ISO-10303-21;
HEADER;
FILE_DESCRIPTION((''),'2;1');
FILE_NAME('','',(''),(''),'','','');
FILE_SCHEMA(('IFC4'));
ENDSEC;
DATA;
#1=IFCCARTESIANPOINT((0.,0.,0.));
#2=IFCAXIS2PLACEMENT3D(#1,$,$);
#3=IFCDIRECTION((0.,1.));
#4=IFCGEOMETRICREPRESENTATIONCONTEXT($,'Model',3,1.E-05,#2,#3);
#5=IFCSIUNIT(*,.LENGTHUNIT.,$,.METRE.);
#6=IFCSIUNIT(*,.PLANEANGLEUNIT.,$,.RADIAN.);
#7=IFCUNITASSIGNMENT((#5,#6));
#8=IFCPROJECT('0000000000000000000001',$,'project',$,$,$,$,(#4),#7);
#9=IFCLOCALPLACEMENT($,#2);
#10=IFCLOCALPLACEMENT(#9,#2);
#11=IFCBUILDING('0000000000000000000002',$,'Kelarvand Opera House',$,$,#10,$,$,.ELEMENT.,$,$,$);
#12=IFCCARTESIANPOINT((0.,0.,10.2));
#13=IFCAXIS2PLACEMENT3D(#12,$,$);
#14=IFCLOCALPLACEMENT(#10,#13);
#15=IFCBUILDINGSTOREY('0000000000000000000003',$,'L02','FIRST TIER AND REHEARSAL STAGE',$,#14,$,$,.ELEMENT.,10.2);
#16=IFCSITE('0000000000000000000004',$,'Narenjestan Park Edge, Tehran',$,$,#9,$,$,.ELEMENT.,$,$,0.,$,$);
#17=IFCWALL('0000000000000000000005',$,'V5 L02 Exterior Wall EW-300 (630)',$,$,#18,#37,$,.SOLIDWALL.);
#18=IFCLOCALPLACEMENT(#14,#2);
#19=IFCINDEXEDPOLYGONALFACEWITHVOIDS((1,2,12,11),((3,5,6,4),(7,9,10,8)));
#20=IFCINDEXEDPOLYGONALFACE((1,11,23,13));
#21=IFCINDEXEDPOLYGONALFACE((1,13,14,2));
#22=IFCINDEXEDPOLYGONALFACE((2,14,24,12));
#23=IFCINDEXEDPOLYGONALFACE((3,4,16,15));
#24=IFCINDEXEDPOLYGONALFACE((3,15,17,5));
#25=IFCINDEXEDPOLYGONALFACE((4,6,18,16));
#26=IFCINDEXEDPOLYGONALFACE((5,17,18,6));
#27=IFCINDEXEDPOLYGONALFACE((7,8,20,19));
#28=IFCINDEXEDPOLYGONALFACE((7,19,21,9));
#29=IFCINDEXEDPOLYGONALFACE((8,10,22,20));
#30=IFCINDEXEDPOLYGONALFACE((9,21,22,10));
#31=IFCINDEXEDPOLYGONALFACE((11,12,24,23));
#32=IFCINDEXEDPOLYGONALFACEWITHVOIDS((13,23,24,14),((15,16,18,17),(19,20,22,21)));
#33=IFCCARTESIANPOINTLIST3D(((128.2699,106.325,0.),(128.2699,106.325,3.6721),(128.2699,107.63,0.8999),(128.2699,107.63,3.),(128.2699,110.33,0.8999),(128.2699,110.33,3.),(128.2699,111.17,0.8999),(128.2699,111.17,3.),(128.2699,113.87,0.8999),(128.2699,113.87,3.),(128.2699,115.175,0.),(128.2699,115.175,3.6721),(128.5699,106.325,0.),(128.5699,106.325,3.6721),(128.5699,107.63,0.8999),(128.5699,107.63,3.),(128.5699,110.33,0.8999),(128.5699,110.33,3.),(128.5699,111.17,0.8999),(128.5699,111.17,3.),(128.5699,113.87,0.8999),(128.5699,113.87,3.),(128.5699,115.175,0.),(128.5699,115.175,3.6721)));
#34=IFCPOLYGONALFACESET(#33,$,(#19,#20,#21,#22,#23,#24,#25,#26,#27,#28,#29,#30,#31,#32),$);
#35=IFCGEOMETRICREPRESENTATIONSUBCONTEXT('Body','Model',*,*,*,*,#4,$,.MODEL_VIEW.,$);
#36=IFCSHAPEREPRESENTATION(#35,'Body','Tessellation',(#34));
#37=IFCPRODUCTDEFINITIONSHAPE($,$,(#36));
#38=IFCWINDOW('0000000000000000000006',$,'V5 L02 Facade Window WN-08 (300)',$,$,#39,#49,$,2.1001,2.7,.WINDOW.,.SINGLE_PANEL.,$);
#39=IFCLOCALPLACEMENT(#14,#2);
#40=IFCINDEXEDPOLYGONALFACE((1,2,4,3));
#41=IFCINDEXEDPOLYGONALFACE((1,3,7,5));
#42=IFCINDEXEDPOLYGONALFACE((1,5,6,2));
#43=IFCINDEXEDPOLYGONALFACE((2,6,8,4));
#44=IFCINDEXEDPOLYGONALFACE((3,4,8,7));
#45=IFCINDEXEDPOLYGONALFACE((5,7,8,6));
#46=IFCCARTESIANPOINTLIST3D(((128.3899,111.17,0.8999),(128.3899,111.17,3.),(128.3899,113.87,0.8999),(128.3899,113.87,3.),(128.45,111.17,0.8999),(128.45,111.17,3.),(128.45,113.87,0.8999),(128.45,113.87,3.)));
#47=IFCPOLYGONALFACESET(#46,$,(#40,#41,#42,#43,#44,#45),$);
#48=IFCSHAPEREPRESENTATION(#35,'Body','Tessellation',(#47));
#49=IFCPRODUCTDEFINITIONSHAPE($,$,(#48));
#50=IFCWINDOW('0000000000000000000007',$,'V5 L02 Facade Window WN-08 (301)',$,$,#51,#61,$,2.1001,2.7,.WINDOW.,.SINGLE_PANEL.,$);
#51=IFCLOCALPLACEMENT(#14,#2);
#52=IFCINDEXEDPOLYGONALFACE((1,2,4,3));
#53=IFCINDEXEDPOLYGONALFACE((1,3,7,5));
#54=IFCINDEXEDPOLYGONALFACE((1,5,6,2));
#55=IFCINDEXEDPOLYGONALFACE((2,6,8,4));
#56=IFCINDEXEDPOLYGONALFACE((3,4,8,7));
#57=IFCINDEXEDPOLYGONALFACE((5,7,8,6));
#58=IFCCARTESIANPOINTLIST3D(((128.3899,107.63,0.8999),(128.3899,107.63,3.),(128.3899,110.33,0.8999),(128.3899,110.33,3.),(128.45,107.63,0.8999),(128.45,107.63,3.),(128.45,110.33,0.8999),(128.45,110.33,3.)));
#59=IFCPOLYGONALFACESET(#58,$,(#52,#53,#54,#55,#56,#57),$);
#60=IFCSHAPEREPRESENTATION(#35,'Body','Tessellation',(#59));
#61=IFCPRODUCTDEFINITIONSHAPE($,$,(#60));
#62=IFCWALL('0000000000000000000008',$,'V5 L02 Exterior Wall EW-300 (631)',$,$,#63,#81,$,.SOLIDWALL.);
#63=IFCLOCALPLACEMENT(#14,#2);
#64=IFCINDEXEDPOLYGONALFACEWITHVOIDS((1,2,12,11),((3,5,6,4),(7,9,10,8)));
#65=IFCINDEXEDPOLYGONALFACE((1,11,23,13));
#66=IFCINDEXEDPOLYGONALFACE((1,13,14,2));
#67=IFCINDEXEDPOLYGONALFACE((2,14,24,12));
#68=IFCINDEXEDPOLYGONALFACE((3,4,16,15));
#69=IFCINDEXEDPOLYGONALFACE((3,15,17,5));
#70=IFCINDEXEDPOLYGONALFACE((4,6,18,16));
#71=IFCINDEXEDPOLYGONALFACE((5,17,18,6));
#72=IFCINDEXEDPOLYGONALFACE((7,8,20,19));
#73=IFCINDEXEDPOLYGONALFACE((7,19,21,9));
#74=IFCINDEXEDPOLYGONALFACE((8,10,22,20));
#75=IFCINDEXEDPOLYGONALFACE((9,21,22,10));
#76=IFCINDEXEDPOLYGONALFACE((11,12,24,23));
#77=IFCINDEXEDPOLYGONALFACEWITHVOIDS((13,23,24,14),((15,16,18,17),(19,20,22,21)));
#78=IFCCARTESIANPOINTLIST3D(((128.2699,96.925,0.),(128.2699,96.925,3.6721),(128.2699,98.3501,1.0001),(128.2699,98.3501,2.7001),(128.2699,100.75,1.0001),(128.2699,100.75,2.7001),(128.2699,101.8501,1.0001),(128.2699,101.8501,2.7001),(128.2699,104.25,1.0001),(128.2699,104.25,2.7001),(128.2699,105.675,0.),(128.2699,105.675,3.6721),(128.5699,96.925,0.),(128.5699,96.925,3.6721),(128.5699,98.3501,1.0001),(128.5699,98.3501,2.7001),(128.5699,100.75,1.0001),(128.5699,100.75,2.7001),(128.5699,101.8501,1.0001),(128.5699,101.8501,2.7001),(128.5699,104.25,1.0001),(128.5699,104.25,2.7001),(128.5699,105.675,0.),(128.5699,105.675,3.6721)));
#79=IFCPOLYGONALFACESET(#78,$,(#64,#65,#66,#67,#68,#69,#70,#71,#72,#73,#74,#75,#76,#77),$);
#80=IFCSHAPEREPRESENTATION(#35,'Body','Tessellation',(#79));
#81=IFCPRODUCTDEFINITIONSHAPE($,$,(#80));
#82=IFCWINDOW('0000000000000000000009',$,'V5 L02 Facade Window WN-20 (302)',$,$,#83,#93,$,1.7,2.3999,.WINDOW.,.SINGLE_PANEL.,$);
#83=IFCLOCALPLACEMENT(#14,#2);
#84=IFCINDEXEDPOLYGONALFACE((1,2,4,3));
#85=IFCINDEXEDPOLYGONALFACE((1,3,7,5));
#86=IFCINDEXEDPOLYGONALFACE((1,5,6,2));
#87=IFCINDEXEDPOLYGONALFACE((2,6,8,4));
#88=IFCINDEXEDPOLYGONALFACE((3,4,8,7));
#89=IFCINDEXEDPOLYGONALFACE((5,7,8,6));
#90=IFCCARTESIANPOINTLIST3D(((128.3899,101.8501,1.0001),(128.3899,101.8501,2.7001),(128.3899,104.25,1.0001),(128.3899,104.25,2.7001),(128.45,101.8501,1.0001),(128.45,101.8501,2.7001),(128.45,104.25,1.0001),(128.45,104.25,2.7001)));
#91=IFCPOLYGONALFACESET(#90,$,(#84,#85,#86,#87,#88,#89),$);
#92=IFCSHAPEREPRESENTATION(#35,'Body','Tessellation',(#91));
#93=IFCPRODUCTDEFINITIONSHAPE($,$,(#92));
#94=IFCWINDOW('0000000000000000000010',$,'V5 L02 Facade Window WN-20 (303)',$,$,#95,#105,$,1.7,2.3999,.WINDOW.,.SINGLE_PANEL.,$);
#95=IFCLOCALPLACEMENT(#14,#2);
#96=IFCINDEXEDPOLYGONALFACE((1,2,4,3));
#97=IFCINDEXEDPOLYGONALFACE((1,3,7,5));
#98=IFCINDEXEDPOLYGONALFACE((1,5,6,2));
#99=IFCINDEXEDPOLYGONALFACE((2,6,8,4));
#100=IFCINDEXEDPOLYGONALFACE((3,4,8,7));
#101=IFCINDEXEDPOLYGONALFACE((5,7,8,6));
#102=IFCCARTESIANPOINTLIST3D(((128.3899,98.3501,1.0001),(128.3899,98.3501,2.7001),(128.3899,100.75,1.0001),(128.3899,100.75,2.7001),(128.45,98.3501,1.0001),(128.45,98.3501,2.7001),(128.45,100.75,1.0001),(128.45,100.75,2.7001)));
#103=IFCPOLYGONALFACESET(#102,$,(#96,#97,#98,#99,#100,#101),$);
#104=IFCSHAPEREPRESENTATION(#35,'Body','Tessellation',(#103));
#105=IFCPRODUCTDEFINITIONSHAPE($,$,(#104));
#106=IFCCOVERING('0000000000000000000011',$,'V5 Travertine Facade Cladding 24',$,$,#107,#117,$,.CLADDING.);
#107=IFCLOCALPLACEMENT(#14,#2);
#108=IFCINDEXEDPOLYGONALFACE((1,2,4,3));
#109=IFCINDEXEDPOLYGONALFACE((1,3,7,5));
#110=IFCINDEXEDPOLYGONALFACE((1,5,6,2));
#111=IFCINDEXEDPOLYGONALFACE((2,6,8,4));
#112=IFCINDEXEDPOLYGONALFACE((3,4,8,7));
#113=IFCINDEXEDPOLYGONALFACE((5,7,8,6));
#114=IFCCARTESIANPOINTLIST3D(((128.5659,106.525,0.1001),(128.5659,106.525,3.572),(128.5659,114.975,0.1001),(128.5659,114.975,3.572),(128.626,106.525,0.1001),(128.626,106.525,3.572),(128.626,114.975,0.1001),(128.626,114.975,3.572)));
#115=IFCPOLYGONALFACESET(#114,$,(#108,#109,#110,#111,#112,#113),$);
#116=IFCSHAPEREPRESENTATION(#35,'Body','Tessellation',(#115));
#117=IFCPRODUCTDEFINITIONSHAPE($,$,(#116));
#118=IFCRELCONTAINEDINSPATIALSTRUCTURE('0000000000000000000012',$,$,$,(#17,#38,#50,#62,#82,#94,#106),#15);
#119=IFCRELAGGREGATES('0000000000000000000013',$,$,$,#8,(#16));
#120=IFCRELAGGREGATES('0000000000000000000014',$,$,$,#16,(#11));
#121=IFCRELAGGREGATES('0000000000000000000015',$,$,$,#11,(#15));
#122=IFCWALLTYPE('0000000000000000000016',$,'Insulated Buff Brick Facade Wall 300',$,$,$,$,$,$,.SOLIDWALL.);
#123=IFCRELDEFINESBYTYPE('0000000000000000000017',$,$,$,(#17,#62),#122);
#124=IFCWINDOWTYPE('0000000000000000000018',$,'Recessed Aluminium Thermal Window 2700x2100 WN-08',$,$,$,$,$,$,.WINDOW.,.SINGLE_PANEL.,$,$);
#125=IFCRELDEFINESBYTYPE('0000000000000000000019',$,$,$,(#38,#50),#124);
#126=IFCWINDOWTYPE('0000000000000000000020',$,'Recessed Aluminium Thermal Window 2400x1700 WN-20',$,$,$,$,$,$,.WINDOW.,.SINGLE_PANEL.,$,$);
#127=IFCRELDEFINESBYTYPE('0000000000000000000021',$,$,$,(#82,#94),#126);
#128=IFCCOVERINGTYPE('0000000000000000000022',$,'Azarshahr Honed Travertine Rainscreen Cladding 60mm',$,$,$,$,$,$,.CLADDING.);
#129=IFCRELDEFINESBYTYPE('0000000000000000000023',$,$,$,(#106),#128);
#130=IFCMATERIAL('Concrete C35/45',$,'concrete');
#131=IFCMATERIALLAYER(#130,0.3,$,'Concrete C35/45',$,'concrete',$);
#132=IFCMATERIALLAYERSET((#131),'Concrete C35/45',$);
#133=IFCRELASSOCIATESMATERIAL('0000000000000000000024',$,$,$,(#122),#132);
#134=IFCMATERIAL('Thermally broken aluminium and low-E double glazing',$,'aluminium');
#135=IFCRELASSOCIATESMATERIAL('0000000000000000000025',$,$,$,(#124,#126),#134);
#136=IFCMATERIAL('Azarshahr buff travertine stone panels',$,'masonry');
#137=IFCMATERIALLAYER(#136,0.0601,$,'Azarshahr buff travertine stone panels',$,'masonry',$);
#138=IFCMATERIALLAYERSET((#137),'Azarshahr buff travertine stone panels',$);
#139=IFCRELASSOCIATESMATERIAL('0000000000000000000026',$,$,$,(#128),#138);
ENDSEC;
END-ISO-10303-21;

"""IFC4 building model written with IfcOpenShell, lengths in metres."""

from ifc_helpers import new_model, si_unit, direction, frame, frame_2d, origin, origin_2d, place, context, subcontext, project, spatial, rectangle, extrude, material, layer, layer_set, type_object, element, fill, save


model = new_model("IFC4")

# Units and contexts
model_context = context("Model", 3, precision=1e-05, world=origin(), true_north=direction((0.0, 1.0)))
body_context = subcontext(model_context, "Body", "Model", "MODEL_VIEW")
ifc_project = project(units=[si_unit("LENGTHUNIT", "METRE"), si_unit("PLANEANGLEUNIT", "RADIAN")], contexts=[model_context])

# Site, building, storey
site_placement = place(None, origin())
site = spatial("IfcSite", under=ifc_project, at=site_placement, Name="Narenjestan Park Edge, Tehran", CompositionType="ELEMENT", RefElevation=0.0)
building_placement = place(site_placement, origin())
building = spatial("IfcBuilding", under=site, at=building_placement, Name="Kelarvand Opera House", CompositionType="ELEMENT")
storey_placement = place(building_placement, frame((0.0, 0.0, 10.2)))
storey = spatial("IfcBuildingStorey", under=building, at=storey_placement, Name="L02", Description="FIRST TIER AND REHEARSAL STAGE", CompositionType="ELEMENT", Elevation=10.2)

# Shared definitions
ifc_material_1 = material(Name="Concrete C35/45", Category="concrete")

# Walls, openings, windows
ifc_layer_1 = layer(ifc_material_1, 0.3, Name="Concrete C35/45", Category="concrete")
ifc_layer_set_1 = layer_set([ifc_layer_1], Name="Concrete C35/45")
wall_type_1 = type_object("IfcWallType", Name="Insulated Buff Brick Facade Wall 300", PredefinedType="SOLIDWALL", material=ifc_layer_set_1)
wall_1_placement = place(storey_placement, frame((128.4199, 115.175, 0.0), z_axis=(0.0, 0.0, 1.0), x_axis=(0.0, -1.0, 0.0)))
wall_1 = element("IfcWall", 1, at=wall_1_placement, inside=storey, type_object=wall_type_1, Name="V5 L02 Exterior Wall EW-300 (630)", PredefinedType="SOLIDWALL", context=body_context, shape_type="SweptSolid", body=[
    extrude(rectangle(XDim=8.8501, YDim=0.3, at=frame_2d((4.425, 0.0))), origin(), (0.0, 0.0, 1.0), 3.6721),
])
opening_1_placement = place(wall_1_placement, frame((1.3049, 0.0, 0.8999)))
opening_1 = element("IfcOpeningElement", 2, at=opening_1_placement, cuts=wall_1, PredefinedType="OPENING", context=body_context, shape_type="SweptSolid", body=[
    extrude(rectangle(XDim=2.7, YDim=2.1001, at=frame_2d((1.3501, 1.05))), frame((0.0, 0.1602, 0.0), z_axis=(0.0, -1.0, 0.0), x_axis=(1.0, 0.0, 0.0)), (0.0, 0.0, 1.0), 0.3201),
])
opening_2_placement = place(wall_1_placement, frame((4.845, 0.0, 0.8999)))
opening_2 = element("IfcOpeningElement", 3, at=opening_2_placement, cuts=wall_1, PredefinedType="OPENING", context=body_context, shape_type="SweptSolid", body=[
    extrude(rectangle(XDim=2.7, YDim=2.1001, at=frame_2d((1.3501, 1.05))), frame((0.0, 0.1602, 0.0), z_axis=(0.0, -1.0, 0.0), x_axis=(1.0, 0.0, 0.0)), (0.0, 0.0, 1.0), 0.3201),
])
ifc_material_2 = material(Name="Thermally broken aluminium and low-E double glazing", Category="aluminium")
window_type_1 = type_object("IfcWindowType", Name="Recessed Aluminium Thermal Window 2700x2100 WN-08", PartitioningType="SINGLE_PANEL", PredefinedType="WINDOW", material=ifc_material_2)
window_1_placement = place(opening_1_placement, origin())
window_1 = element("IfcWindow", 4, at=window_1_placement, inside=storey, type_object=window_type_1, Name="V5 L02 Facade Window WN-08 (300)", OverallHeight=2.1001, OverallWidth=2.7, PartitioningType="SINGLE_PANEL", PredefinedType="WINDOW", context=body_context, shape_type="SweptSolid", body=[
    extrude(rectangle(XDim=2.7, YDim=2.1001, at=frame_2d((1.3501, 1.05))), frame((0.0, 0.03, 0.0), z_axis=(0.0, -1.0, 0.0), x_axis=(1.0, 0.0, 0.0)), (0.0, 0.0, 1.0), 0.0601),
])
fill(opening_1, window_1)
window_2_placement = place(opening_2_placement, origin())
window_2 = element("IfcWindow", 5, at=window_2_placement, inside=storey, type_object=window_type_1, Name="V5 L02 Facade Window WN-08 (301)", OverallHeight=2.1001, OverallWidth=2.7, PartitioningType="SINGLE_PANEL", PredefinedType="WINDOW", context=body_context, shape_type="SweptSolid", body=[
    extrude(rectangle(XDim=2.7, YDim=2.1001, at=frame_2d((1.3501, 1.05))), frame((0.0, 0.03, 0.0), z_axis=(0.0, -1.0, 0.0), x_axis=(1.0, 0.0, 0.0)), (0.0, 0.0, 1.0), 0.0601),
])
fill(opening_2, window_2)
wall_2_placement = place(storey_placement, frame((128.4199, 105.675, 0.0), z_axis=(0.0, 0.0, 1.0), x_axis=(0.0, -1.0, 0.0)))
wall_2 = element("IfcWall", 6, at=wall_2_placement, inside=storey, type_object=wall_type_1, Name="V5 L02 Exterior Wall EW-300 (631)", PredefinedType="SOLIDWALL", context=body_context, shape_type="SweptSolid", body=[
    extrude(rectangle(XDim=8.75, YDim=0.3, at=frame_2d((4.375, 0.0))), origin(), (0.0, 0.0, 1.0), 3.6721),
])
opening_3_placement = place(wall_2_placement, frame((1.425, 0.0, 1.0)))
opening_3 = element("IfcOpeningElement", 7, at=opening_3_placement, cuts=wall_2, PredefinedType="OPENING", context=body_context, shape_type="SweptSolid", body=[
    extrude(rectangle(XDim=2.3999, YDim=1.7, at=frame_2d((1.2, 0.8501))), frame((0.0, 0.1602, 0.0), z_axis=(0.0, -1.0, 0.0), x_axis=(1.0, 0.0, 0.0)), (0.0, 0.0, 1.0), 0.3201),
])
opening_4_placement = place(wall_2_placement, frame((4.925, 0.0, 1.0)))
opening_4 = element("IfcOpeningElement", 8, at=opening_4_placement, cuts=wall_2, PredefinedType="OPENING", context=body_context, shape_type="SweptSolid", body=[
    extrude(rectangle(XDim=2.3999, YDim=1.7, at=frame_2d((1.2, 0.8501))), frame((0.0, 0.1602, 0.0), z_axis=(0.0, -1.0, 0.0), x_axis=(1.0, 0.0, 0.0)), (0.0, 0.0, 1.0), 0.3201),
])
window_type_2 = type_object("IfcWindowType", Name="Recessed Aluminium Thermal Window 2400x1700 WN-20", PartitioningType="SINGLE_PANEL", PredefinedType="WINDOW", material=ifc_material_2)
window_3_placement = place(opening_3_placement, origin())
window_3 = element("IfcWindow", 9, at=window_3_placement, inside=storey, type_object=window_type_2, Name="V5 L02 Facade Window WN-20 (302)", OverallHeight=1.7, OverallWidth=2.3999, PartitioningType="SINGLE_PANEL", PredefinedType="WINDOW", context=body_context, shape_type="SweptSolid", body=[
    extrude(rectangle(XDim=2.3999, YDim=1.7, at=frame_2d((1.2, 0.8501))), frame((0.0, 0.03, 0.0), z_axis=(0.0, -1.0, 0.0), x_axis=(1.0, 0.0, 0.0)), (0.0, 0.0, 1.0), 0.0601),
])
fill(opening_3, window_3)
window_4_placement = place(opening_4_placement, origin())
window_4 = element("IfcWindow", 10, at=window_4_placement, inside=storey, type_object=window_type_2, Name="V5 L02 Facade Window WN-20 (303)", OverallHeight=1.7, OverallWidth=2.3999, PartitioningType="SINGLE_PANEL", PredefinedType="WINDOW", context=body_context, shape_type="SweptSolid", body=[
    extrude(rectangle(XDim=2.3999, YDim=1.7, at=frame_2d((1.2, 0.8501))), frame((0.0, 0.03, 0.0), z_axis=(0.0, -1.0, 0.0), x_axis=(1.0, 0.0, 0.0)), (0.0, 0.0, 1.0), 0.0601),
])
fill(opening_4, window_4)

# Covering
ifc_material_3 = material(Name="Azarshahr buff travertine stone panels", Category="masonry")
ifc_layer_2 = layer(ifc_material_3, 0.0601, Name="Azarshahr buff travertine stone panels", Category="masonry")
ifc_layer_set_2 = layer_set([ifc_layer_2], Name="Azarshahr buff travertine stone panels")
covering_type = type_object("IfcCoveringType", Name="Azarshahr Honed Travertine Rainscreen Cladding 60mm", PredefinedType="CLADDING", material=ifc_layer_set_2)
covering_placement = place(storey_placement, frame((128.5959, 110.75, 0.1001), z_axis=(0.0, 0.0, 1.0), x_axis=(0.0, -1.0, 0.0)))
element("IfcCovering", 11, at=covering_placement, inside=storey, type_object=covering_type, Name="V5 Travertine Facade Cladding 24", PredefinedType="CLADDING", context=body_context, shape_type="SweptSolid", body=[
    extrude(rectangle(XDim=8.45, YDim=0.0601, at=origin_2d()), origin(), (0.0, 0.0, 1.0), 3.4719),
])

save(model, "model.ifc")
